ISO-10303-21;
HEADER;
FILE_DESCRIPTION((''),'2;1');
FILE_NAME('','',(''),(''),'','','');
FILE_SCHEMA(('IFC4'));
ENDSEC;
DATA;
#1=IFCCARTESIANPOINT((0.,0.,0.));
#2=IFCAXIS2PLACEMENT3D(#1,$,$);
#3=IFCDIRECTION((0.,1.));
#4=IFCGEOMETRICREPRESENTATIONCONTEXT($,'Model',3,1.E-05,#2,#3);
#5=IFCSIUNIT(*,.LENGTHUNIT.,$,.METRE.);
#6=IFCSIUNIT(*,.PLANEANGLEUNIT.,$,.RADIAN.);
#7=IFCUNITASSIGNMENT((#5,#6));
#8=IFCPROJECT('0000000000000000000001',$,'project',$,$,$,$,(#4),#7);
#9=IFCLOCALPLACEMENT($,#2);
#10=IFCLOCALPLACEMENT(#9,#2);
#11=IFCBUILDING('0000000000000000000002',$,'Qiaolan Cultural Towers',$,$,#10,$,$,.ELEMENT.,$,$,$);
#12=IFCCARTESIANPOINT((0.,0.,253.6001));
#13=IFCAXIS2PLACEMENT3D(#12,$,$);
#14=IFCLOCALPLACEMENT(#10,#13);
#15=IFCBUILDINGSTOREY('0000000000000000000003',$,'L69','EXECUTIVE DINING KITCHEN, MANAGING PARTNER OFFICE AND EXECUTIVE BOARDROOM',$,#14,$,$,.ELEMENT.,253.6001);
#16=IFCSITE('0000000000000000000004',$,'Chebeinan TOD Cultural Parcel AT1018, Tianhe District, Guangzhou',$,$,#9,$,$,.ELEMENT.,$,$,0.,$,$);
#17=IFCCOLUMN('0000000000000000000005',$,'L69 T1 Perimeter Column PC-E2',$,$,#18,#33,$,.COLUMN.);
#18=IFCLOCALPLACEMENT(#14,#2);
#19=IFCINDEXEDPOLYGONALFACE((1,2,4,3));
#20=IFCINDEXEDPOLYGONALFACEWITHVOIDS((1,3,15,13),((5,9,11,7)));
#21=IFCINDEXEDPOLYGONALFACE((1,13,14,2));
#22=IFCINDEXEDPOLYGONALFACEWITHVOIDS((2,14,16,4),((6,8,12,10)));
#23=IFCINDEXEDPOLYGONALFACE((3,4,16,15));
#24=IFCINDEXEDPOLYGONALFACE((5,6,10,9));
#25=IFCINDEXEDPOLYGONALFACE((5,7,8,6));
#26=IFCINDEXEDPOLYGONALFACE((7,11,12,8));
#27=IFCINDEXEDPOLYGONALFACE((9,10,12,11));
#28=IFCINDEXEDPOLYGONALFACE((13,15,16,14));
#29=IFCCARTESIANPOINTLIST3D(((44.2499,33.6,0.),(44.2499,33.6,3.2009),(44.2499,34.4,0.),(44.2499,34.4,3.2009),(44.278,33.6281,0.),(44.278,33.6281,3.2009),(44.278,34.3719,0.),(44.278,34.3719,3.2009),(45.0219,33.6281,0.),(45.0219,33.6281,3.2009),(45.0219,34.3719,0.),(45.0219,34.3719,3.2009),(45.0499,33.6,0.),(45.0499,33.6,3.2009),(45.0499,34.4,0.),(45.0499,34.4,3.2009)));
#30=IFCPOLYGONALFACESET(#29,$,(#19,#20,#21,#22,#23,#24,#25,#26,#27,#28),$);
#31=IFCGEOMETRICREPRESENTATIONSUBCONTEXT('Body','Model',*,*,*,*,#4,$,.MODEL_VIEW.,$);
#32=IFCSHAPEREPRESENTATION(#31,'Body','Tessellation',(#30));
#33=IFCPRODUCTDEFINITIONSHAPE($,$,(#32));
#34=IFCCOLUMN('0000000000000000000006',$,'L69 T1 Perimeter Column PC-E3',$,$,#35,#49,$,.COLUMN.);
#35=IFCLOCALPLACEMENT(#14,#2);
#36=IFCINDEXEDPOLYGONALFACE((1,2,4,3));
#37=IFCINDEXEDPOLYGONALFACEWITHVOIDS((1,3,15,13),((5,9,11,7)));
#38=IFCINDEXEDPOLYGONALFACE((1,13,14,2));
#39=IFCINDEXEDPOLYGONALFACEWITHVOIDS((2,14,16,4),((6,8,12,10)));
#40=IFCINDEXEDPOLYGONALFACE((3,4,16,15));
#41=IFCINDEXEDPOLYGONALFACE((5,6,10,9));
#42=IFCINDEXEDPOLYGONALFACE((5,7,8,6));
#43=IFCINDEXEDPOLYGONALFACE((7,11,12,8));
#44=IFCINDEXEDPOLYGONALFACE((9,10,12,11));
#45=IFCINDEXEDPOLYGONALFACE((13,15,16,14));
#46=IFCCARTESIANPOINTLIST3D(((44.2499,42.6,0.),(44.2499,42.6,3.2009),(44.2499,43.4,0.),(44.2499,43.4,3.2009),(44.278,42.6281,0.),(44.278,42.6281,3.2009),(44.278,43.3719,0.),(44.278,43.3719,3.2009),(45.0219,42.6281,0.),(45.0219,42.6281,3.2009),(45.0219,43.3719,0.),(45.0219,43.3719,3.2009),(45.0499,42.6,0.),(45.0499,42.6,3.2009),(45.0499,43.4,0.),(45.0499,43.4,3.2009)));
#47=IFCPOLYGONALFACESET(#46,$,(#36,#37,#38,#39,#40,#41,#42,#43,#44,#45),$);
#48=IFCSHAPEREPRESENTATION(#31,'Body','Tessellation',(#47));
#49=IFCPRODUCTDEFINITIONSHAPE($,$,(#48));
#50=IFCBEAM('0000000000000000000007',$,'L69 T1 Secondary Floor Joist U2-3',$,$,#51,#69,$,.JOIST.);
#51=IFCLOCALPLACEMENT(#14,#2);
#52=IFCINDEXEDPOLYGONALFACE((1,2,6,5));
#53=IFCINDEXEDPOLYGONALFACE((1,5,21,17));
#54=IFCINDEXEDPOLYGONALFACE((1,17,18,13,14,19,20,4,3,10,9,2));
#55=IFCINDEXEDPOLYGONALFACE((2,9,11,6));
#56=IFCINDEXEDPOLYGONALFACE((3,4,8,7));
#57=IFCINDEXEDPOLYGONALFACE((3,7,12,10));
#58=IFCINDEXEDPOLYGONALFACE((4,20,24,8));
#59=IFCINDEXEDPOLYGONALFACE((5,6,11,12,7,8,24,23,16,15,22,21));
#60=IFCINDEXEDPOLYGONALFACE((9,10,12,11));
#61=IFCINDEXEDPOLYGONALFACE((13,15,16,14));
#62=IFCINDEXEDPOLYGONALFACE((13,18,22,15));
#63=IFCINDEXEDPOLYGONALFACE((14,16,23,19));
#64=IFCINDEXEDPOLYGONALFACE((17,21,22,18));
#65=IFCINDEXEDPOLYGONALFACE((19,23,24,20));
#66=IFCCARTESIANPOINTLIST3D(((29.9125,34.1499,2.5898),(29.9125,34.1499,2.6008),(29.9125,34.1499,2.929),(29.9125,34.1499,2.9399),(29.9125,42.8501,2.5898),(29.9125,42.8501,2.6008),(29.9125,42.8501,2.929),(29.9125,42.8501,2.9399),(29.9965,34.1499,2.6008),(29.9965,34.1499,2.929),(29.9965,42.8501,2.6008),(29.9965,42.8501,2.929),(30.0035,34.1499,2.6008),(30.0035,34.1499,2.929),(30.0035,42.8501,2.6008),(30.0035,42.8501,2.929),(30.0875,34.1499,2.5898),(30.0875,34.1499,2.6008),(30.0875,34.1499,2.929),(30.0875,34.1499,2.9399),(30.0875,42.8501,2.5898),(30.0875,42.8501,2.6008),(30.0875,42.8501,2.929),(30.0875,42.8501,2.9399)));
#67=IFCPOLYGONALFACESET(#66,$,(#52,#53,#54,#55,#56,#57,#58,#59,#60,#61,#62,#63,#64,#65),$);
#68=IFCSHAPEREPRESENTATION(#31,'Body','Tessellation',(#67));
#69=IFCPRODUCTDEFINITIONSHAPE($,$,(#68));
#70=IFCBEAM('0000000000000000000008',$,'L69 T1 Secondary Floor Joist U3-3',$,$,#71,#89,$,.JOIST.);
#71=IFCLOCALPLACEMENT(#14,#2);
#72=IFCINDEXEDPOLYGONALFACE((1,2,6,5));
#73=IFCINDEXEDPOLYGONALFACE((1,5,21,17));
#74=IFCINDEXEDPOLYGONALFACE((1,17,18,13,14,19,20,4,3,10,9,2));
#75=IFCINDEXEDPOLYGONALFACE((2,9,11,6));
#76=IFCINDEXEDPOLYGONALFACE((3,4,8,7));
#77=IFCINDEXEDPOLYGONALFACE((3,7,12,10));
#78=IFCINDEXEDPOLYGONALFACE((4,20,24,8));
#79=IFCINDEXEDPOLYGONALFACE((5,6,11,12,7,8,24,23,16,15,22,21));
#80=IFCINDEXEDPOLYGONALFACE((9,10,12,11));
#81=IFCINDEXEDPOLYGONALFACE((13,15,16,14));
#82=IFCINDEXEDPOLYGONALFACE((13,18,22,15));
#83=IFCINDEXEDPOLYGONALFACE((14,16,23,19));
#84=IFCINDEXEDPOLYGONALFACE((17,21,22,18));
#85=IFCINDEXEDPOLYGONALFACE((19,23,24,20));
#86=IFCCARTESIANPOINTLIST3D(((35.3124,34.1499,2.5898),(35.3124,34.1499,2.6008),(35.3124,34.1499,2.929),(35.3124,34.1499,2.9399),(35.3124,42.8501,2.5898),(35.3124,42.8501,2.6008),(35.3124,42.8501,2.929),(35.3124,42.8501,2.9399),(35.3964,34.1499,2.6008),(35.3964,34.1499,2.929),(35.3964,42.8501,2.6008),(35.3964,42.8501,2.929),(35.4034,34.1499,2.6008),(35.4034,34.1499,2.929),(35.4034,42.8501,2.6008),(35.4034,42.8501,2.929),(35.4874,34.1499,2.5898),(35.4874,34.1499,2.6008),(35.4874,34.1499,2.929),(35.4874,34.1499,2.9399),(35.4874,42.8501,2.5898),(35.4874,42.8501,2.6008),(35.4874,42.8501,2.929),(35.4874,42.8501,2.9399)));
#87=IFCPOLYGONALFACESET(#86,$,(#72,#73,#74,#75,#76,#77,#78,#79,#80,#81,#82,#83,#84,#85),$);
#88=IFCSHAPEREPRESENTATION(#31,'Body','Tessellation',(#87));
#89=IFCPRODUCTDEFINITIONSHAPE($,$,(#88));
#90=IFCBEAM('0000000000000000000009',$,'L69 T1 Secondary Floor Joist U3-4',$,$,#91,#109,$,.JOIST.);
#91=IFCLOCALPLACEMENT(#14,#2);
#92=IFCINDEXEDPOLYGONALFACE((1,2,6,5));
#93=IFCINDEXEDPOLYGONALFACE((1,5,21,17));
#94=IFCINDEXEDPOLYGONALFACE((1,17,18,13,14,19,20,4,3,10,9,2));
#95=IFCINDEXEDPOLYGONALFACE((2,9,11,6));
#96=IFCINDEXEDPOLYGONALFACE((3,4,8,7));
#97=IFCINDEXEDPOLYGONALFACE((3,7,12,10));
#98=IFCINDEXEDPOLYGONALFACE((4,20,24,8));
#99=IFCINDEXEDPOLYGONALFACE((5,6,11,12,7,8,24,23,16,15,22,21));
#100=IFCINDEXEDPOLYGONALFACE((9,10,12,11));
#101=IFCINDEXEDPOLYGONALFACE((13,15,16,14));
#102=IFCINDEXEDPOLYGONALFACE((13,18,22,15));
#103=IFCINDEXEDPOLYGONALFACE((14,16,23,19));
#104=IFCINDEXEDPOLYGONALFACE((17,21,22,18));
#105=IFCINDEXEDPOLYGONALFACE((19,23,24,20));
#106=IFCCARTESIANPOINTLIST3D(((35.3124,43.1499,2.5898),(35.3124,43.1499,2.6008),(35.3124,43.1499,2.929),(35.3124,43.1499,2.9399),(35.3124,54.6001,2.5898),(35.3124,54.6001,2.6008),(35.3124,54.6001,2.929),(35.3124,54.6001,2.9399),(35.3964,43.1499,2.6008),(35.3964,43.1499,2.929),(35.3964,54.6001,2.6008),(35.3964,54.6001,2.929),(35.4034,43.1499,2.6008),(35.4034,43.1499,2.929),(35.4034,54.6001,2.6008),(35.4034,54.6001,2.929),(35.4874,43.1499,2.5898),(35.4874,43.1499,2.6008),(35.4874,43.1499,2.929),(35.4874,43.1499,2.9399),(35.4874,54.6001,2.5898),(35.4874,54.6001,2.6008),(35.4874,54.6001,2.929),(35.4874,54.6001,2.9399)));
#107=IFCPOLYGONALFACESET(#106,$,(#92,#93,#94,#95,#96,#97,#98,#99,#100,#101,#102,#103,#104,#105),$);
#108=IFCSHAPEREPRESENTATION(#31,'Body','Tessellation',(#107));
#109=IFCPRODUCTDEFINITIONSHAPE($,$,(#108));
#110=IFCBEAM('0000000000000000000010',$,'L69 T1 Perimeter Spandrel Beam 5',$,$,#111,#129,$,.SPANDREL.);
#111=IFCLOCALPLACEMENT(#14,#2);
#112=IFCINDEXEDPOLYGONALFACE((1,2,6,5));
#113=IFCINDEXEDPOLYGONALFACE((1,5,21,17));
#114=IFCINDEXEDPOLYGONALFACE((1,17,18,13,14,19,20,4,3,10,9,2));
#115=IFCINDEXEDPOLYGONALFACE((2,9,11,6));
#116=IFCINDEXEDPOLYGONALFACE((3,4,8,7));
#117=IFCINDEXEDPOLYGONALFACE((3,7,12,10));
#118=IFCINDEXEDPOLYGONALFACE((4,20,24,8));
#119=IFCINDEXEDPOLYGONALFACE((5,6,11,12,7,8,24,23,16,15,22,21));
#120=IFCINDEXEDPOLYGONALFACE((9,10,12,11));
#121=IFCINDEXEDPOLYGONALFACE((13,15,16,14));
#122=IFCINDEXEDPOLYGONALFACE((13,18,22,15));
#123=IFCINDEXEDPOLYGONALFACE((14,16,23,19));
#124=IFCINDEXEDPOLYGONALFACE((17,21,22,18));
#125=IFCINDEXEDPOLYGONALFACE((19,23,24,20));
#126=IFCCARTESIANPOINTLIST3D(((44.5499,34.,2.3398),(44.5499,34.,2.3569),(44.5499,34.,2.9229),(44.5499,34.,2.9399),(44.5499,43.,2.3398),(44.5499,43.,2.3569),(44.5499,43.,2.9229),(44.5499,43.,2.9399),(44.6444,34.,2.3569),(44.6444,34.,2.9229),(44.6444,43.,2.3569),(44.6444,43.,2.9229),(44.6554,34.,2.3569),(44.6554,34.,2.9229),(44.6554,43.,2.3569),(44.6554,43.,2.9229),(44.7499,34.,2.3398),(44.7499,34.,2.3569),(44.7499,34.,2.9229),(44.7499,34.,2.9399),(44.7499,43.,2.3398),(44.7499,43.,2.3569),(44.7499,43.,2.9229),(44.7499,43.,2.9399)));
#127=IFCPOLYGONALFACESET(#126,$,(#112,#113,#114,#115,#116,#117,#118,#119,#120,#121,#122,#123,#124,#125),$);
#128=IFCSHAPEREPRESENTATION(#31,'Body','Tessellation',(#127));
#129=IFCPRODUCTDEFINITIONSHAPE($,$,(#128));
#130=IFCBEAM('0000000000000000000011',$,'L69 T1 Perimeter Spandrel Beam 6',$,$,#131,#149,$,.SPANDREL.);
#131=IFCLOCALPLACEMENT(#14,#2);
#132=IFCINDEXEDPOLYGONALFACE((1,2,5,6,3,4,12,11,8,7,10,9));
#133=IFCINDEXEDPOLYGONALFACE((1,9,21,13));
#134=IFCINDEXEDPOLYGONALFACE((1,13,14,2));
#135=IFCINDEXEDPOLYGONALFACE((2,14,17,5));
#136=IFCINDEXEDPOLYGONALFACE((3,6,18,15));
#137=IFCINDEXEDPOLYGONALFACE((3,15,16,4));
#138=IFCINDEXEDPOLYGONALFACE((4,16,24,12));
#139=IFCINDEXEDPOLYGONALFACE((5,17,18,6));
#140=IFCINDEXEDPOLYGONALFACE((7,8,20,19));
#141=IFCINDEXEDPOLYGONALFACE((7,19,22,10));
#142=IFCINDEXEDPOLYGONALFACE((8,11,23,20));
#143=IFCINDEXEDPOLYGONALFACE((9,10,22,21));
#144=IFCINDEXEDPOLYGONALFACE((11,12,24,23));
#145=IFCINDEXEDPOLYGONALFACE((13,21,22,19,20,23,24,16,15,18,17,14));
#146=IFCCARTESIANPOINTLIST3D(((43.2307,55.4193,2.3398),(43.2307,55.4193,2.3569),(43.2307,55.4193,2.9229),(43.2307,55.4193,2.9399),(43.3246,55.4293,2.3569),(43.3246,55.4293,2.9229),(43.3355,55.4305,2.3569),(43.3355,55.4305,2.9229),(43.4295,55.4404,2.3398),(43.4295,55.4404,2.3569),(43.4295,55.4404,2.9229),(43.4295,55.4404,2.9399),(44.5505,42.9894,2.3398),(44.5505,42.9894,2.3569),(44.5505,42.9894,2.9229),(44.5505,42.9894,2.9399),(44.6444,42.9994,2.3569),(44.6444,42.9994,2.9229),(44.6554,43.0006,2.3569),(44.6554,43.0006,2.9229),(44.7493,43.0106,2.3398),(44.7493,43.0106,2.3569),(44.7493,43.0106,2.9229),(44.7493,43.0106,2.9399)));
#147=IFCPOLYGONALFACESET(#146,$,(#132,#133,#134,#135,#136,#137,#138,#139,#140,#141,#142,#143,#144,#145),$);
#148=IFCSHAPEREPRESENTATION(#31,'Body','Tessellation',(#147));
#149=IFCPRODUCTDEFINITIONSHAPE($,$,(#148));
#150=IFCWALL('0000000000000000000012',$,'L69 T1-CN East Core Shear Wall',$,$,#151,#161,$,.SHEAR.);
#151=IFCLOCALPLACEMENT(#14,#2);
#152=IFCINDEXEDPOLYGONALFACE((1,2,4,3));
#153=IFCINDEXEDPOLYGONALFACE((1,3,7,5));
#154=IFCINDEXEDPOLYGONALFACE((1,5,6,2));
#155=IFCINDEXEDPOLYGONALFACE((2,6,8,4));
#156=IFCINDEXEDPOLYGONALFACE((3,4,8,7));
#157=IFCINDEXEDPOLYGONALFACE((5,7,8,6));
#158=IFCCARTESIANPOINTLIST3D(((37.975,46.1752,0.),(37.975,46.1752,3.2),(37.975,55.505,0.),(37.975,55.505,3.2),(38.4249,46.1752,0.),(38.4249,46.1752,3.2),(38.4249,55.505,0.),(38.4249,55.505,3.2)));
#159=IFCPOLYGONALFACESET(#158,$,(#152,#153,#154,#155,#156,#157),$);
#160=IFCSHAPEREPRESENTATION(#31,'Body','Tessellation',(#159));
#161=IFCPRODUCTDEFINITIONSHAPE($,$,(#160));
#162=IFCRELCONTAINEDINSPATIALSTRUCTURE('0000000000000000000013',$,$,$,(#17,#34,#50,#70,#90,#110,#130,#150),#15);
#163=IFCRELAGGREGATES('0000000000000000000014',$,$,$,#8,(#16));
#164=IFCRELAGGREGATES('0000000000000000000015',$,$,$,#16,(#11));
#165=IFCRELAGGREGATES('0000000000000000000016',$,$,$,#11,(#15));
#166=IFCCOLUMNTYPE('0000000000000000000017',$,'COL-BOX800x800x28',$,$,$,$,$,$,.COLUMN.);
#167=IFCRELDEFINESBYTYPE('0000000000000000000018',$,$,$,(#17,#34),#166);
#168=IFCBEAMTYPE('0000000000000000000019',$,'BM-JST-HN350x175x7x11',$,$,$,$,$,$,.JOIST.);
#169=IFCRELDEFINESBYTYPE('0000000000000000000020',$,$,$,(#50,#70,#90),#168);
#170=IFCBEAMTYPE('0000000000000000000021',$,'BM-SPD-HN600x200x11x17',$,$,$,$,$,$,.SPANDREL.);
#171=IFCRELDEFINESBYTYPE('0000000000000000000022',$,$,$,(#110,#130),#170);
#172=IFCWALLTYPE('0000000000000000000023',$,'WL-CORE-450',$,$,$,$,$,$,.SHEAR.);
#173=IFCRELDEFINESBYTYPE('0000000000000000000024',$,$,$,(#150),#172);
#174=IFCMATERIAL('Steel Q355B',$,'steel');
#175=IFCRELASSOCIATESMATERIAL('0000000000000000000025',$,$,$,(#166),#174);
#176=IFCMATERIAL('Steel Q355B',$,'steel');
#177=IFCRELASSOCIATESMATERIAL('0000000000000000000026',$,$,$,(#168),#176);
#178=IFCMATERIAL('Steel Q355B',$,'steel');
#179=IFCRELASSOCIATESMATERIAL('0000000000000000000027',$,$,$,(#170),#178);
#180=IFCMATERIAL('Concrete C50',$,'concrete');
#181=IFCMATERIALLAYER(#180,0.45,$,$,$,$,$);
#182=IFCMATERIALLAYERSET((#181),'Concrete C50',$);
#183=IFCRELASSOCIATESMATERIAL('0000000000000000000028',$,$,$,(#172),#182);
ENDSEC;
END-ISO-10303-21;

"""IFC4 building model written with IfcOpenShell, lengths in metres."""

from ifc_helpers import new_model, si_unit, direction, frame, frame_2d, origin, origin_2d, place, context, subcontext, project, spatial, rectangle, hollow_rectangle, i_section, extrude, material, layer, layer_set, material_profile, profile_set, type_object, element, save


model = new_model("IFC4")

# Units and contexts
model_context = context("Model", 3, precision=1e-05, world=origin(), true_north=direction((0.0, 1.0)))
body_context = subcontext(model_context, "Body", "Model", "MODEL_VIEW")
ifc_project = project(units=[si_unit("LENGTHUNIT", "METRE"), si_unit("PLANEANGLEUNIT", "RADIAN")], contexts=[model_context])

# Site, building, storey
site_placement = place(None, origin())
site = spatial("IfcSite", under=ifc_project, at=site_placement, Name="Chebeinan TOD Cultural Parcel AT1018, Tianhe District, Guangzhou", CompositionType="ELEMENT", RefElevation=0.0)
building_placement = place(site_placement, origin())
building = spatial("IfcBuilding", under=site, at=building_placement, Name="Qiaolan Cultural Towers", CompositionType="ELEMENT")
storey_placement = place(building_placement, frame((0.0, 0.0, 253.6001)))
storey = spatial("IfcBuildingStorey", under=building, at=storey_placement, Name="L69", Description="EXECUTIVE DINING KITCHEN, MANAGING PARTNER OFFICE AND EXECUTIVE BOARDROOM", CompositionType="ELEMENT", Elevation=253.6001)

# Columns
ifc_material_1 = material(Name="Steel Q355B", Category="steel")
ifc_material_profile_1 = material_profile(ifc_material_1, hollow_rectangle(XDim=0.8, YDim=0.8, WallThickness=0.0281, at=origin_2d()), Name="BOX800x800x28")
ifc_profile_set_1 = profile_set([ifc_material_profile_1], Name="Steel Q355B")
column_type = type_object("IfcColumnType", Name="COL-BOX800x800x28", PredefinedType="COLUMN", material=ifc_profile_set_1)
for number, where, z_axis, x_axis, name in (
    (1, (44.6499, 34.0, 0.0), (0.0, 0.0, 1.0), (1.0, 0.0, 0.0), "L69 T1 Perimeter Column PC-E2"),
    (2, (44.6499, 43.0, 0.0), (0.0, 0.0, 1.0), (1.0, 0.0, 0.0), "L69 T1 Perimeter Column PC-E3"),
):
    element("IfcColumn", number, at=place(storey_placement, frame(where, z_axis=z_axis, x_axis=x_axis)), inside=storey, type_object=column_type, Name=name, PredefinedType="COLUMN", context=body_context, shape_type="SweptSolid", body=[
        extrude(hollow_rectangle(XDim=0.8, YDim=0.8, WallThickness=0.0281, at=origin_2d()), origin(), (0.0, 0.0, 1.0), 3.2009),
    ])

# Beams
ifc_material_2 = material(Name="Steel Q355B", Category="steel")
ifc_material_profile_2 = material_profile(ifc_material_2, i_section(OverallWidth=0.175, OverallDepth=0.3501, WebThickness=0.0071, FlangeThickness=0.011, at=origin_2d()), Name="HN350x175x7x11")
ifc_profile_set_2 = profile_set([ifc_material_profile_2], Name="Steel Q355B")
beam_type_1 = type_object("IfcBeamType", Name="BM-JST-HN350x175x7x11", PredefinedType="JOIST", material=ifc_profile_set_2)
for number, where, z_axis, x_axis, name in (
    (3, (30.0, 34.1499, 2.7649), (0.0, 1.0, 0.0), (-1.0, 0.0, 0.0), "L69 T1 Secondary Floor Joist U2-3"),
    (4, (35.3999, 34.1499, 2.7649), (0.0, 1.0, 0.0), (-1.0, 0.0, 0.0), "L69 T1 Secondary Floor Joist U3-3"),
):
    element("IfcBeam", number, at=place(storey_placement, frame(where, z_axis=z_axis, x_axis=x_axis)), inside=storey, type_object=beam_type_1, Name=name, PredefinedType="JOIST", context=body_context, shape_type="SweptSolid", body=[
        extrude(i_section(OverallWidth=0.175, OverallDepth=0.3501, WebThickness=0.0071, FlangeThickness=0.011, at=origin_2d()), origin(), (0.0, 0.0, 1.0), 8.7002),
    ])
beam_1_placement = place(storey_placement, frame((35.3999, 43.1499, 2.7649), z_axis=(0.0, 1.0, 0.0), x_axis=(-1.0, 0.0, 0.0)))
element("IfcBeam", 5, at=beam_1_placement, inside=storey, type_object=beam_type_1, Name="L69 T1 Secondary Floor Joist U3-4", PredefinedType="JOIST", context=body_context, shape_type="SweptSolid", body=[
    extrude(i_section(OverallWidth=0.175, OverallDepth=0.3501, WebThickness=0.0071, FlangeThickness=0.011, at=origin_2d()), origin(), (0.0, 0.0, 1.0), 11.4502),
])
ifc_material_3 = material(Name="Steel Q355B", Category="steel")
ifc_material_profile_3 = material_profile(ifc_material_3, i_section(OverallWidth=0.2, OverallDepth=0.6001, WebThickness=0.011, FlangeThickness=0.0171, at=origin_2d()), Name="HN600x200x11x17")
ifc_profile_set_3 = profile_set([ifc_material_profile_3], Name="Steel Q355B")
beam_type_2 = type_object("IfcBeamType", Name="BM-SPD-HN600x200x11x17", PredefinedType="SPANDREL", material=ifc_profile_set_3)
beam_2_placement = place(storey_placement, frame((44.6499, 34.0, 2.6399), z_axis=(0.0, 1.0, 0.0), x_axis=(-1.0, 0.0, 0.0)))
element("IfcBeam", 6, at=beam_2_placement, inside=storey, type_object=beam_type_2, Name="L69 T1 Perimeter Spandrel Beam 5", PredefinedType="SPANDREL", context=body_context, shape_type="SweptSolid", body=[
    extrude(i_section(OverallWidth=0.2, OverallDepth=0.6001, WebThickness=0.011, FlangeThickness=0.0171, at=origin_2d()), origin(), (0.0, 0.0, 1.0), 9.0),
])
beam_3_placement = place(storey_placement, frame((44.6499, 43.0, 2.6399), z_axis=(-0.105588, 0.99441, 0.0), x_axis=(-0.99441, -0.105588, 0.0)))
element("IfcBeam", 7, at=beam_3_placement, inside=storey, type_object=beam_type_2, Name="L69 T1 Perimeter Spandrel Beam 6", PredefinedType="SPANDREL", context=body_context, shape_type="SweptSolid", body=[
    extrude(i_section(OverallWidth=0.2, OverallDepth=0.6001, WebThickness=0.011, FlangeThickness=0.0171, at=origin_2d()), origin(), (0.0, 0.0, 1.0), 12.4998),
])

# Wall
ifc_material_4 = material(Name="Concrete C50", Category="concrete")
ifc_layer_1 = layer(ifc_material_4, 0.45)
ifc_layer_set_1 = layer_set([ifc_layer_1], Name="Concrete C50")
wall_type_1 = type_object("IfcWallType", Name="WL-CORE-450", PredefinedType="SHEAR", material=ifc_layer_set_1)
wall_1_placement = place(storey_placement, frame((38.2, 46.175, 0.0), z_axis=(0.0, 0.0, 1.0), x_axis=(0.0, 1.0, 0.0)))
element("IfcWall", 8, at=wall_1_placement, inside=storey, type_object=wall_type_1, Name="L69 T1-CN East Core Shear Wall", PredefinedType="SHEAR", context=body_context, shape_type="SweptSolid", body=[
    extrude(rectangle(XDim=9.3298, YDim=0.45, at=frame_2d((4.665, 0.0))), origin(), (0.0, 0.0, 1.0), 3.2),
])

save(model, "model.ifc")
